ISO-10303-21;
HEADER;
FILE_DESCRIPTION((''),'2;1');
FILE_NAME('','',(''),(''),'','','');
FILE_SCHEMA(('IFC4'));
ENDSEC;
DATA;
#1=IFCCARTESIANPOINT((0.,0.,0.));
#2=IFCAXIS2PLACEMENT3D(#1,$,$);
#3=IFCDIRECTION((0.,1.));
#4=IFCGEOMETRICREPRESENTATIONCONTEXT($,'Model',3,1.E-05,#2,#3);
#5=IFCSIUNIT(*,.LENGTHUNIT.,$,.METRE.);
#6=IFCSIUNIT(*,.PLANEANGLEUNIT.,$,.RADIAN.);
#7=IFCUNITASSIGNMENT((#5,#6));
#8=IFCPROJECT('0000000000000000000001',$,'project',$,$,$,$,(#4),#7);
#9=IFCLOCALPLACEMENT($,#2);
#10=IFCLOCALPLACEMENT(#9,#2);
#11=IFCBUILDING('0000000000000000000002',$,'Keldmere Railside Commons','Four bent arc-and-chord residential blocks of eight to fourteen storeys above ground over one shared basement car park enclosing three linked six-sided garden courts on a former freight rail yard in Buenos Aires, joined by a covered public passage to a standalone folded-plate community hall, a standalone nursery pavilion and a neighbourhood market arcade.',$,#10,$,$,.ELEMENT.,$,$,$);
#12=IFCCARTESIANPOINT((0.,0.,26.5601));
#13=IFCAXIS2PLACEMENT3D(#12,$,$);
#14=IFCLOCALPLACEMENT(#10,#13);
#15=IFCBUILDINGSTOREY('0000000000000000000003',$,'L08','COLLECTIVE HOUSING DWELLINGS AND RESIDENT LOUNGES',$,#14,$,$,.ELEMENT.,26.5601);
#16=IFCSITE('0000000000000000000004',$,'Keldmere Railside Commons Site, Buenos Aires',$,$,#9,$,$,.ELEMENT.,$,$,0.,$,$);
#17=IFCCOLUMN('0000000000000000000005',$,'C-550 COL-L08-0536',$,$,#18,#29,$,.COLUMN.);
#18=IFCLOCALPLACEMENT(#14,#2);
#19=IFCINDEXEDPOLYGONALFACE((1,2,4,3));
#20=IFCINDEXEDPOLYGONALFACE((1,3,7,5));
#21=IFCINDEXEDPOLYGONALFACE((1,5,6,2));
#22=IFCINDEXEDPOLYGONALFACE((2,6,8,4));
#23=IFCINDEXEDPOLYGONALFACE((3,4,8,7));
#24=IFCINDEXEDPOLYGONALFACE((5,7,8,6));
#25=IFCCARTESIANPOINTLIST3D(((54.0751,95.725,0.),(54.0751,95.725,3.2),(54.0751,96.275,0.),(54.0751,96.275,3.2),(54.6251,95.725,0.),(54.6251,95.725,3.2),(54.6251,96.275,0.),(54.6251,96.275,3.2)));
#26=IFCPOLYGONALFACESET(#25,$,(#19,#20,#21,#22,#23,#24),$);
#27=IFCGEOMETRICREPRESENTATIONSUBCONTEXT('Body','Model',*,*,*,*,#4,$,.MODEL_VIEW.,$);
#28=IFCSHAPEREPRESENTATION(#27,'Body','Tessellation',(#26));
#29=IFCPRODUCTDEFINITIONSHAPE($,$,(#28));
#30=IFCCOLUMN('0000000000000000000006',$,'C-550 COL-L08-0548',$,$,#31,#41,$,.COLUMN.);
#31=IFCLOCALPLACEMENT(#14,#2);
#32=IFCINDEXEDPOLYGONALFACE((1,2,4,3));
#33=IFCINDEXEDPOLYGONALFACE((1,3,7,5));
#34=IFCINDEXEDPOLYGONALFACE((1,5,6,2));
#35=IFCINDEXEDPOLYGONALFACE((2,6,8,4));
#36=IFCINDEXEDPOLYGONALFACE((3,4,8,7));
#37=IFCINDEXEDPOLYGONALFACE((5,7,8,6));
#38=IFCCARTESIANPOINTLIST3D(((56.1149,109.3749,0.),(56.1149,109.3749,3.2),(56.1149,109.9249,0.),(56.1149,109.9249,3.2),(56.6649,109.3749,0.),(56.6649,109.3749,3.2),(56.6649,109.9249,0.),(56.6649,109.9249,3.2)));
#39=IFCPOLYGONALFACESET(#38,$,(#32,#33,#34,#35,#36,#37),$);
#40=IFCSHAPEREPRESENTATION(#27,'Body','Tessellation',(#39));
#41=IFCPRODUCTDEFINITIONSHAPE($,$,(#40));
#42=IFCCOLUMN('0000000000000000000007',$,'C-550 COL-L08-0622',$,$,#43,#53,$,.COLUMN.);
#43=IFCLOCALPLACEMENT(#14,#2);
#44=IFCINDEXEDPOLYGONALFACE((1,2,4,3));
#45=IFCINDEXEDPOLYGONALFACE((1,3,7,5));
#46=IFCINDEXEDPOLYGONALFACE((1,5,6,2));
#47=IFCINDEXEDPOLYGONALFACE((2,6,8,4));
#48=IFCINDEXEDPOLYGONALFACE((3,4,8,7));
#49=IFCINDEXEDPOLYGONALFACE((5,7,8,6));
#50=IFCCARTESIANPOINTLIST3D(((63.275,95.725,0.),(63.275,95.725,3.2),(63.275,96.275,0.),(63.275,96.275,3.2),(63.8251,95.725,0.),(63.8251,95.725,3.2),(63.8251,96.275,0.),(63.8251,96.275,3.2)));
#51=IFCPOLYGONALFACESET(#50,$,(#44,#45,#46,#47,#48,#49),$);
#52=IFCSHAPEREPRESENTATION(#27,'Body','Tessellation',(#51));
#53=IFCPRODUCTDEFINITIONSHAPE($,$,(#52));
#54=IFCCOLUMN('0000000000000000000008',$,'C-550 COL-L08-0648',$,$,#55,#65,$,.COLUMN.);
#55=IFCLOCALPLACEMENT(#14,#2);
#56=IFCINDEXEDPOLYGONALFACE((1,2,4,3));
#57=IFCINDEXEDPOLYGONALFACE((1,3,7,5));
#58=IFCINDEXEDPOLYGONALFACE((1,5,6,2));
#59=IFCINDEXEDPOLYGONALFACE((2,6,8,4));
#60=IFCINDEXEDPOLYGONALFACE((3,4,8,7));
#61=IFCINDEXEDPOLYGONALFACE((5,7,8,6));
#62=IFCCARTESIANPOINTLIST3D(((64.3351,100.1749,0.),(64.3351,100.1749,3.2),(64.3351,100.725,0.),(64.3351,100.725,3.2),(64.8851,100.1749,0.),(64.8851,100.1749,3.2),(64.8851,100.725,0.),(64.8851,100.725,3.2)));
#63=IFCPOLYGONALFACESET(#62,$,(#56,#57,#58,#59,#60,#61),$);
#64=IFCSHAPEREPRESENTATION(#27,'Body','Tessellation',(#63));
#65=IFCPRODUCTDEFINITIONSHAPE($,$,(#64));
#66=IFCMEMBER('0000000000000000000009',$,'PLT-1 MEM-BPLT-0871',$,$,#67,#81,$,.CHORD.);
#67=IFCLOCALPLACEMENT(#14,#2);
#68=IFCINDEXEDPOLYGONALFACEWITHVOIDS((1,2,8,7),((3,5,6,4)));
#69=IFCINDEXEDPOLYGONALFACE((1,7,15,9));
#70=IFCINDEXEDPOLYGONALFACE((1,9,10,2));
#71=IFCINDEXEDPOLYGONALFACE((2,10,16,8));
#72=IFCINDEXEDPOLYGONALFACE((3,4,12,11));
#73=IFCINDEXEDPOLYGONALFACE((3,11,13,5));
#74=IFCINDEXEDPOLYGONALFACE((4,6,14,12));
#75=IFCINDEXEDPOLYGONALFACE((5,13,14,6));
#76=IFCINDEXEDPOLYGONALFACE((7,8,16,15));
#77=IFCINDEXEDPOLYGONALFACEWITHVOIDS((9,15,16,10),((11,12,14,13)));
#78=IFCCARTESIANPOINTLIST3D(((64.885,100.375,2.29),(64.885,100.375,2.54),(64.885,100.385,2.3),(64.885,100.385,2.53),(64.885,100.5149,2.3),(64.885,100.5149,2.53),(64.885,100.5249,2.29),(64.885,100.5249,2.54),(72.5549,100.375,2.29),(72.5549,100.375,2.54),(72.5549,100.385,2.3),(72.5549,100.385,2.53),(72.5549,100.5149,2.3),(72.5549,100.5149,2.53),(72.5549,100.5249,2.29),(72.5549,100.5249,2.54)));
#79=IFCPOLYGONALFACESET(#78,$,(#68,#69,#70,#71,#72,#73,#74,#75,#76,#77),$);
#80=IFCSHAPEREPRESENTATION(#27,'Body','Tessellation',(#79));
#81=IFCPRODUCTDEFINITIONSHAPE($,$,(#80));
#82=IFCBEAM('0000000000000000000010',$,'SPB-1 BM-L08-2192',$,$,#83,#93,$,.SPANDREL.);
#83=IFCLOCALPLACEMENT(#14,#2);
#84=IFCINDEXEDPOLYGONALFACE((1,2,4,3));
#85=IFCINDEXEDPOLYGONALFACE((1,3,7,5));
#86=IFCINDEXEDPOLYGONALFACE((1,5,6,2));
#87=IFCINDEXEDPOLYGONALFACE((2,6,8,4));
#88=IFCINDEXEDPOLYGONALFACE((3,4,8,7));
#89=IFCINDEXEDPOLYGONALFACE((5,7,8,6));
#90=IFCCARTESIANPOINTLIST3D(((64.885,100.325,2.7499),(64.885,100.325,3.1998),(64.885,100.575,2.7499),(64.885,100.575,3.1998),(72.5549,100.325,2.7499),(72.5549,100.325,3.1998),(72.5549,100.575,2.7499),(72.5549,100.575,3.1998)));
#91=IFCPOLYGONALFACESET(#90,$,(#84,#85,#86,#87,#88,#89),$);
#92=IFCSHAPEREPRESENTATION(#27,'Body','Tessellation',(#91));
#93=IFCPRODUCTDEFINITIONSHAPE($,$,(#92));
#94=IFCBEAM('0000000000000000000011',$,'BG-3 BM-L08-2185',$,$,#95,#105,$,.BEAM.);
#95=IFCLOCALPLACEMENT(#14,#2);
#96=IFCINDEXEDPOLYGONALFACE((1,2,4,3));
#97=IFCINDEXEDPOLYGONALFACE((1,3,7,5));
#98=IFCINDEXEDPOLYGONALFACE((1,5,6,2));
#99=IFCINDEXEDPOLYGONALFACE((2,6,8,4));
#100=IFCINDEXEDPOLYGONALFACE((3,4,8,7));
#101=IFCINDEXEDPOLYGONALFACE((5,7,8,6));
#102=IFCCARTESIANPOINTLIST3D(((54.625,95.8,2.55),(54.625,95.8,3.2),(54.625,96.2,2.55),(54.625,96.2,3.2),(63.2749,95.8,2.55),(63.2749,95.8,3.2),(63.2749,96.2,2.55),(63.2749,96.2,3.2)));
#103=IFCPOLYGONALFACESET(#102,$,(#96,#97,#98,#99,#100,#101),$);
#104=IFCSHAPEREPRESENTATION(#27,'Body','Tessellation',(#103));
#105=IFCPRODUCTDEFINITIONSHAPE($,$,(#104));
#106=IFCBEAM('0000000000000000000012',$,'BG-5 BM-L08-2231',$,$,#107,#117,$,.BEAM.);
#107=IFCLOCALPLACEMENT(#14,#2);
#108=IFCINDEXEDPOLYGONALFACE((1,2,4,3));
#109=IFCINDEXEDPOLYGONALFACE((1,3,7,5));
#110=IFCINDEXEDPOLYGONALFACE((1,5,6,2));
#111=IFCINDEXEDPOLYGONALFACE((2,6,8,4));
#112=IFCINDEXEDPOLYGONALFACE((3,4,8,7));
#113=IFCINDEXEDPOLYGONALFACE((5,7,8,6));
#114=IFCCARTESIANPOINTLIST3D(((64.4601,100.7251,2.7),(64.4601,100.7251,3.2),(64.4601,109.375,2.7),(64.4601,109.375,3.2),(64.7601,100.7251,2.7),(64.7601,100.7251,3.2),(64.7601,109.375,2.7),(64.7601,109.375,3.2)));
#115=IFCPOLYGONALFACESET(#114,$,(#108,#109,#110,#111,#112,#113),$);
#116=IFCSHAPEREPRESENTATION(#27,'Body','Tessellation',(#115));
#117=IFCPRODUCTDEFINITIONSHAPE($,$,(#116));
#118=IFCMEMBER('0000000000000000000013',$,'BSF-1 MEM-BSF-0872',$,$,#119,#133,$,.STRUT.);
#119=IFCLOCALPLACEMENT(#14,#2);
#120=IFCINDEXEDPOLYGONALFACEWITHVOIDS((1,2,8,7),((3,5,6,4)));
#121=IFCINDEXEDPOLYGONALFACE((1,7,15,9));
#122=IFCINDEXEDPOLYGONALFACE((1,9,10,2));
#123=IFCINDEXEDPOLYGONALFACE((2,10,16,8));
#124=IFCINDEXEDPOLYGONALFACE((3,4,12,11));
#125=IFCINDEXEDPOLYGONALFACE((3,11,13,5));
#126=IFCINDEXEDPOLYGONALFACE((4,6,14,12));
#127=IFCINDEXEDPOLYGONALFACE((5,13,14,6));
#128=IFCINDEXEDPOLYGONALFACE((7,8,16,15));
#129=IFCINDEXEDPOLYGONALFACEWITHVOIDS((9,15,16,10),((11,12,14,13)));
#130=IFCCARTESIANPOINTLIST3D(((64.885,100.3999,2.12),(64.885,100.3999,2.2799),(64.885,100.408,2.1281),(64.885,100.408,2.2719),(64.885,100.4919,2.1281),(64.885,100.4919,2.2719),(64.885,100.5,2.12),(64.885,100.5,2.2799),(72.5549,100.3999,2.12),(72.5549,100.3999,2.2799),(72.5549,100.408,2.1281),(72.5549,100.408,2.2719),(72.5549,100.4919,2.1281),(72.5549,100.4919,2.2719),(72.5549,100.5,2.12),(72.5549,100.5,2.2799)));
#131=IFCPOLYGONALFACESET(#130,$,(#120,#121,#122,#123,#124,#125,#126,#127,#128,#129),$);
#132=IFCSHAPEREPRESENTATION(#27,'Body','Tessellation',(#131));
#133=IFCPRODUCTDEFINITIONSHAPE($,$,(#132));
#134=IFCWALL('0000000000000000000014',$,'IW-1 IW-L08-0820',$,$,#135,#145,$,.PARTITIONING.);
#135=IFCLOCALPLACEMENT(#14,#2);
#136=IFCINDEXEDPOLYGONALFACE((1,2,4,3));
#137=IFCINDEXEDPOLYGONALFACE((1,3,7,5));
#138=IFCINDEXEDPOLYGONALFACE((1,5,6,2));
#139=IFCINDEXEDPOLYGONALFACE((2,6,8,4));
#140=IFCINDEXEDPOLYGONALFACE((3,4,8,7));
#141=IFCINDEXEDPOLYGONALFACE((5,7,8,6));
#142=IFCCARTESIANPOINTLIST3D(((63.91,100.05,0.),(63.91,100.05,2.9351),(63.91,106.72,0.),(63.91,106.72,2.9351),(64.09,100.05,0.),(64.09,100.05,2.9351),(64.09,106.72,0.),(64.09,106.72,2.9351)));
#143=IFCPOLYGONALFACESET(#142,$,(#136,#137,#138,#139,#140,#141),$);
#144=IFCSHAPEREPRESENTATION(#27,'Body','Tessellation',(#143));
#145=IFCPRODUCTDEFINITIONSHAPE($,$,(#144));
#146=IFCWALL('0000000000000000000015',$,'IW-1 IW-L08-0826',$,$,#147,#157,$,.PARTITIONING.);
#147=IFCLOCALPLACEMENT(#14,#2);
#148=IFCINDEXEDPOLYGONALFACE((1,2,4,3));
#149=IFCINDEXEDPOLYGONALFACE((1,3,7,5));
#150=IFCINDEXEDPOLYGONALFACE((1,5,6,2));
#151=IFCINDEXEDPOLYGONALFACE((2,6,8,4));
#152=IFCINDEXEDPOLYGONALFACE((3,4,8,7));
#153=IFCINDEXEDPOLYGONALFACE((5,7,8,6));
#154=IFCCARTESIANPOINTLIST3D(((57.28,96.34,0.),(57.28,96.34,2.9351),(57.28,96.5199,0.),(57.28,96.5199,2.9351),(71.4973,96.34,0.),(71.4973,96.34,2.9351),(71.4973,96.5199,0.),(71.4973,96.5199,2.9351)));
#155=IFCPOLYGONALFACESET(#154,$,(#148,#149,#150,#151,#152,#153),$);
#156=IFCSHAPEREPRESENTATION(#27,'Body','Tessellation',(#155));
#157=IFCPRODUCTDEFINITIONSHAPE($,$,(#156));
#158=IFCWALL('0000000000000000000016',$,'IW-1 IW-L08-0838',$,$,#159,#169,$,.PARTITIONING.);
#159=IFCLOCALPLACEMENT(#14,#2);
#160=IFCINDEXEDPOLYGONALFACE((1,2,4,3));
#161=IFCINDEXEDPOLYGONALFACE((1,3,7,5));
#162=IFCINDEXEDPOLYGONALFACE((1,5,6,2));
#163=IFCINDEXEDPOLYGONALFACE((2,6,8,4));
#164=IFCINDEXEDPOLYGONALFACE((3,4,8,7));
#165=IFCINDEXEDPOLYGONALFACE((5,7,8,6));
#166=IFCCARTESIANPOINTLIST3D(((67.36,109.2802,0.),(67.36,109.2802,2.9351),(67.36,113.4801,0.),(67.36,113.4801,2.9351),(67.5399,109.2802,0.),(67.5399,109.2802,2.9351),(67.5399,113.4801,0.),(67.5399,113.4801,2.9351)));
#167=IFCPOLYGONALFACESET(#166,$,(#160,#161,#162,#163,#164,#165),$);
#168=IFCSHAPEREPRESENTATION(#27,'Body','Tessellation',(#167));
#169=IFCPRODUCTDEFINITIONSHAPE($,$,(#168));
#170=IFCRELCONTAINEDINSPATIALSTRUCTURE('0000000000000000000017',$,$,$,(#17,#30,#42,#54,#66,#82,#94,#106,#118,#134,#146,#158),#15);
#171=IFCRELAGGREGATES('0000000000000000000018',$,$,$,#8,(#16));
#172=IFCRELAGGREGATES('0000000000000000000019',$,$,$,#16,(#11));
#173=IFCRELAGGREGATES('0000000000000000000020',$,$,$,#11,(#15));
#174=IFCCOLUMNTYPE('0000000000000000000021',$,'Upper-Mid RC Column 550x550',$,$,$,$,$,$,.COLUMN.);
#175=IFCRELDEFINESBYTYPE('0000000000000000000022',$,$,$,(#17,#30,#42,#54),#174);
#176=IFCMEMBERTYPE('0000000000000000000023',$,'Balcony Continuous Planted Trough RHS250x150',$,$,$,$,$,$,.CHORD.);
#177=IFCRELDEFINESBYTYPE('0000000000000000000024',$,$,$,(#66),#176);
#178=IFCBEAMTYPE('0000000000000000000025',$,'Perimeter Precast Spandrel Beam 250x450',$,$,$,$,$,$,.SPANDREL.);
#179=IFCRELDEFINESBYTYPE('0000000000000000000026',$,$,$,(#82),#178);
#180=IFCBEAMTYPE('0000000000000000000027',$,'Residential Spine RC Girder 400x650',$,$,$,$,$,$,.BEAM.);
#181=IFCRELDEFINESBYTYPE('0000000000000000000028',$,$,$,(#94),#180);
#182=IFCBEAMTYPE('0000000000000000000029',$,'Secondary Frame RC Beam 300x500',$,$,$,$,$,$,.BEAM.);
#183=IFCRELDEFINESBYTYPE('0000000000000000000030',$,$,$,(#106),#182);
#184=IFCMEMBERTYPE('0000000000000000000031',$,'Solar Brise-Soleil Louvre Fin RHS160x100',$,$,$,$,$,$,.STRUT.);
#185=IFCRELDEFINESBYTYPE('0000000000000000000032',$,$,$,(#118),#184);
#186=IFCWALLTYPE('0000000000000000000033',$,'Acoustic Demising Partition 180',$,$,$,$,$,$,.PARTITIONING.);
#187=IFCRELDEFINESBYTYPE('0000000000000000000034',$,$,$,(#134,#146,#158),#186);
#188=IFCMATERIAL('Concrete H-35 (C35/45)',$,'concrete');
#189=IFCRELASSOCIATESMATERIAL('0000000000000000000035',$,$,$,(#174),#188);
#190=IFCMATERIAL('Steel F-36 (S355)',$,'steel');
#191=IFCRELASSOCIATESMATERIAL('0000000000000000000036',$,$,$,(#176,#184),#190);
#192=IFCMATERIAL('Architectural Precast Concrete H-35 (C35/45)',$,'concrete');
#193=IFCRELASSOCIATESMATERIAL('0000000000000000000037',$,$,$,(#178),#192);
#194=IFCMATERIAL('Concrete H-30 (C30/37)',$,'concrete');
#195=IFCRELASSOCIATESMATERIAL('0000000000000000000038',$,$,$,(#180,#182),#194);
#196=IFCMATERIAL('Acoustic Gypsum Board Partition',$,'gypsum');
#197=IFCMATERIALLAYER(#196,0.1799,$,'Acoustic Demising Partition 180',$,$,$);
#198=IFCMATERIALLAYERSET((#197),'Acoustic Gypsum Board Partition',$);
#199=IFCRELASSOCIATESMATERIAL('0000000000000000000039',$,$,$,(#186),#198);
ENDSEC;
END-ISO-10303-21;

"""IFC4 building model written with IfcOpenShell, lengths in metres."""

from ifc_helpers import new_model, si_unit, direction, frame, frame_2d, origin, origin_2d, place, context, subcontext, project, spatial, rectangle, hollow_rectangle, extrude, material, layer, layer_set, material_profile, profile_set, type_object, element, save


model = new_model("IFC4")

# Units and contexts
model_context = context("Model", 3, precision=1e-05, world=origin(), true_north=direction((0.0, 1.0)))
body_context = subcontext(model_context, "Body", "Model", "MODEL_VIEW")
ifc_project = project(units=[si_unit("LENGTHUNIT", "METRE"), si_unit("PLANEANGLEUNIT", "RADIAN")], contexts=[model_context])

# Site, building, storey
site_placement = place(None, origin())
site = spatial("IfcSite", under=ifc_project, at=site_placement, Name="Keldmere Railside Commons Site, Buenos Aires", CompositionType="ELEMENT", RefElevation=0.0)
building_placement = place(site_placement, origin())
building = spatial("IfcBuilding", under=site, at=building_placement, Name="Keldmere Railside Commons", Description="Four bent arc-and-chord residential blocks of eight to fourteen storeys above ground over one shared basement car park enclosing three linked six-sided garden courts on a former freight rail yard in Buenos Aires, joined by a covered public passage to a standalone folded-plate community hall, a standalone nursery pavilion and a neighbourhood market arcade.", CompositionType="ELEMENT")
storey_placement = place(building_placement, frame((0.0, 0.0, 26.5601)))
storey = spatial("IfcBuildingStorey", under=building, at=storey_placement, Name="L08", Description="COLLECTIVE HOUSING DWELLINGS AND RESIDENT LOUNGES", CompositionType="ELEMENT", Elevation=26.5601)

# Columns
ifc_material_1 = material(Name="Concrete H-35 (C35/45)", Category="concrete")
ifc_material_profile_1 = material_profile(ifc_material_1, rectangle(XDim=0.55, YDim=0.55, at=origin_2d()), Name="RC-550x550")
ifc_profile_set_1 = profile_set([ifc_material_profile_1], Name="Concrete H-35 (C35/45)")
column_type = type_object("IfcColumnType", Name="Upper-Mid RC Column 550x550", PredefinedType="COLUMN", material=ifc_profile_set_1)
for number, where, z_axis, x_axis, name in (
    (1, (54.3501, 96.0, 0.0), (0.0, 0.0, 1.0), (1.0, 0.0, 0.0), "C-550 COL-L08-0536"),
    (2, (56.3899, 109.6499, 0.0), (0.0, 0.0, 1.0), (1.0, 0.0, 0.0), "C-550 COL-L08-0548"),
    (3, (63.55, 96.0, 0.0), (0.0, 0.0, 1.0), (1.0, 0.0, 0.0), "C-550 COL-L08-0622"),
    (4, (64.6101, 100.45, 0.0), (0.0, 0.0, 1.0), (1.0, 0.0, 0.0), "C-550 COL-L08-0648"),
):
    element("IfcColumn", number, at=place(storey_placement, frame(where, z_axis=z_axis, x_axis=x_axis)), inside=storey, type_object=column_type, Name=name, PredefinedType="COLUMN", context=body_context, shape_type="SweptSolid", body=[
        extrude(rectangle(XDim=0.55, YDim=0.55, at=origin_2d()), origin(), (0.0, 0.0, 1.0), 3.2),
    ])

# Member
ifc_material_2 = material(Name="Steel F-36 (S355)", Category="steel")
ifc_material_profile_2 = material_profile(ifc_material_2, hollow_rectangle(XDim=0.1499, YDim=0.25, WallThickness=0.01, at=origin_2d()), Name="RHS-250x150x10")
ifc_profile_set_2 = profile_set([ifc_material_profile_2], Name="Steel F-36 (S355)")
member_type_1 = type_object("IfcMemberType", Name="Balcony Continuous Planted Trough RHS250x150", PredefinedType="CHORD", material=ifc_profile_set_2)
member_1_placement = place(storey_placement, frame((64.885, 100.45, 2.415), z_axis=(1.0, 0.0, 0.0), x_axis=(0.0, 1.0, 0.0)))
element("IfcMember", 5, at=member_1_placement, inside=storey, type_object=member_type_1, Name="PLT-1 MEM-BPLT-0871", PredefinedType="CHORD", context=body_context, shape_type="SweptSolid", body=[
    extrude(hollow_rectangle(XDim=0.1499, YDim=0.25, WallThickness=0.01, at=origin_2d()), origin(), (0.0, 0.0, 1.0), 7.6699),
])

# Beams
ifc_material_3 = material(Name="Architectural Precast Concrete H-35 (C35/45)", Category="concrete")
ifc_material_profile_3 = material_profile(ifc_material_3, rectangle(XDim=0.25, YDim=0.45, at=origin_2d()), Name="RC-250x450")
ifc_profile_set_3 = profile_set([ifc_material_profile_3], Name="Architectural Precast Concrete H-35 (C35/45)")
beam_type_1 = type_object("IfcBeamType", Name="Perimeter Precast Spandrel Beam 250x450", PredefinedType="SPANDREL", material=ifc_profile_set_3)
beam_1_placement = place(storey_placement, frame((64.885, 100.45, 2.9749), z_axis=(1.0, 0.0, 0.0), x_axis=(0.0, 1.0, 0.0)))
element("IfcBeam", 6, at=beam_1_placement, inside=storey, type_object=beam_type_1, Name="SPB-1 BM-L08-2192", PredefinedType="SPANDREL", context=body_context, shape_type="SweptSolid", body=[
    extrude(rectangle(XDim=0.25, YDim=0.45, at=origin_2d()), origin(), (0.0, 0.0, 1.0), 7.6699),
])
ifc_material_4 = material(Name="Concrete H-30 (C30/37)", Category="concrete")
ifc_material_profile_4 = material_profile(ifc_material_4, rectangle(XDim=0.3999, YDim=0.6499, at=origin_2d()), Name="RC-400x650")
ifc_profile_set_4 = profile_set([ifc_material_profile_4], Name="Concrete H-30 (C30/37)")
beam_type_2 = type_object("IfcBeamType", Name="Residential Spine RC Girder 400x650", PredefinedType="BEAM", material=ifc_profile_set_4)
beam_2_placement = place(storey_placement, frame((54.625, 96.0, 2.875), z_axis=(1.0, 0.0, 0.0), x_axis=(0.0, 1.0, 0.0)))
element("IfcBeam", 7, at=beam_2_placement, inside=storey, type_object=beam_type_2, Name="BG-3 BM-L08-2185", PredefinedType="BEAM", context=body_context, shape_type="SweptSolid", body=[
    extrude(rectangle(XDim=0.3999, YDim=0.6499, at=origin_2d()), origin(), (0.0, 0.0, 1.0), 8.6499),
])
ifc_material_profile_5 = material_profile(ifc_material_4, rectangle(XDim=0.3, YDim=0.5, at=origin_2d()), Name="RC-300x500")
ifc_profile_set_5 = profile_set([ifc_material_profile_5], Name="Concrete H-30 (C30/37)")
beam_type_3 = type_object("IfcBeamType", Name="Secondary Frame RC Beam 300x500", PredefinedType="BEAM", material=ifc_profile_set_5)
beam_3_placement = place(storey_placement, frame((64.6101, 100.7251, 2.95), z_axis=(0.0, 1.0, 0.0), x_axis=(-1.0, 0.0, 0.0)))
element("IfcBeam", 8, at=beam_3_placement, inside=storey, type_object=beam_type_3, Name="BG-5 BM-L08-2231", PredefinedType="BEAM", context=body_context, shape_type="SweptSolid", body=[
    extrude(rectangle(XDim=0.3, YDim=0.5, at=origin_2d()), origin(), (0.0, 0.0, 1.0), 8.6499),
])

# Member
ifc_material_profile_6 = material_profile(ifc_material_2, hollow_rectangle(XDim=0.1001, YDim=0.1599, WallThickness=0.0081, at=origin_2d()), Name="RHS-160x100x8")
ifc_profile_set_6 = profile_set([ifc_material_profile_6], Name="Steel F-36 (S355)")
member_type_2 = type_object("IfcMemberType", Name="Solar Brise-Soleil Louvre Fin RHS160x100", PredefinedType="STRUT", material=ifc_profile_set_6)
member_2_placement = place(storey_placement, frame((64.885, 100.45, 2.2), z_axis=(1.0, 0.0, 0.0), x_axis=(0.0, 1.0, 0.0)))
element("IfcMember", 9, at=member_2_placement, inside=storey, type_object=member_type_2, Name="BSF-1 MEM-BSF-0872", PredefinedType="STRUT", context=body_context, shape_type="SweptSolid", body=[
    extrude(hollow_rectangle(XDim=0.1001, YDim=0.1599, WallThickness=0.0081, at=origin_2d()), origin(), (0.0, 0.0, 1.0), 7.6699),
])

# Walls
ifc_material_5 = material(Name="Acoustic Gypsum Board Partition", Category="gypsum")
ifc_layer_1 = layer(ifc_material_5, 0.1799, Name="Acoustic Demising Partition 180")
ifc_layer_set_1 = layer_set([ifc_layer_1], Name="Acoustic Gypsum Board Partition")
wall_type_1 = type_object("IfcWallType", Name="Acoustic Demising Partition 180", PredefinedType="PARTITIONING", material=ifc_layer_set_1)
wall_1_placement = place(storey_placement, frame((64.0, 100.05, 0.0), z_axis=(0.0, 0.0, 1.0), x_axis=(0.0, 1.0, 0.0)))
element("IfcWall", 10, at=wall_1_placement, inside=storey, type_object=wall_type_1, Name="IW-1 IW-L08-0820", PredefinedType="PARTITIONING", context=body_context, shape_type="SweptSolid", body=[
    extrude(rectangle(XDim=6.6699, YDim=0.1799, at=frame_2d((3.335, 0.0))), origin(), (0.0, 0.0, 1.0), 2.9351),
])
wall_2_placement = place(storey_placement, frame((57.28, 96.4299, 0.0), z_axis=(0.0, 0.0, 1.0), x_axis=(1.0, 0.0, 0.0)))
element("IfcWall", 11, at=wall_2_placement, inside=storey, type_object=wall_type_1, Name="IW-1 IW-L08-0826", PredefinedType="PARTITIONING", context=body_context, shape_type="SweptSolid", body=[
    extrude(rectangle(XDim=14.2173, YDim=0.1799, at=frame_2d((7.1086, 0.0))), origin(), (0.0, 0.0, 1.0), 2.9351),
])
wall_3_placement = place(storey_placement, frame((67.45, 109.28, 0.0), z_axis=(0.0, 0.0, 1.0), x_axis=(0.0, 1.0, 0.0)))
element("IfcWall", 12, at=wall_3_placement, inside=storey, type_object=wall_type_1, Name="IW-1 IW-L08-0838", PredefinedType="PARTITIONING", context=body_context, shape_type="SweptSolid", body=[
    extrude(rectangle(XDim=4.2, YDim=0.1799, at=frame_2d((2.1001, 0.0))), origin(), (0.0, 0.0, 1.0), 2.9351),
])

save(model, "model.ifc")
